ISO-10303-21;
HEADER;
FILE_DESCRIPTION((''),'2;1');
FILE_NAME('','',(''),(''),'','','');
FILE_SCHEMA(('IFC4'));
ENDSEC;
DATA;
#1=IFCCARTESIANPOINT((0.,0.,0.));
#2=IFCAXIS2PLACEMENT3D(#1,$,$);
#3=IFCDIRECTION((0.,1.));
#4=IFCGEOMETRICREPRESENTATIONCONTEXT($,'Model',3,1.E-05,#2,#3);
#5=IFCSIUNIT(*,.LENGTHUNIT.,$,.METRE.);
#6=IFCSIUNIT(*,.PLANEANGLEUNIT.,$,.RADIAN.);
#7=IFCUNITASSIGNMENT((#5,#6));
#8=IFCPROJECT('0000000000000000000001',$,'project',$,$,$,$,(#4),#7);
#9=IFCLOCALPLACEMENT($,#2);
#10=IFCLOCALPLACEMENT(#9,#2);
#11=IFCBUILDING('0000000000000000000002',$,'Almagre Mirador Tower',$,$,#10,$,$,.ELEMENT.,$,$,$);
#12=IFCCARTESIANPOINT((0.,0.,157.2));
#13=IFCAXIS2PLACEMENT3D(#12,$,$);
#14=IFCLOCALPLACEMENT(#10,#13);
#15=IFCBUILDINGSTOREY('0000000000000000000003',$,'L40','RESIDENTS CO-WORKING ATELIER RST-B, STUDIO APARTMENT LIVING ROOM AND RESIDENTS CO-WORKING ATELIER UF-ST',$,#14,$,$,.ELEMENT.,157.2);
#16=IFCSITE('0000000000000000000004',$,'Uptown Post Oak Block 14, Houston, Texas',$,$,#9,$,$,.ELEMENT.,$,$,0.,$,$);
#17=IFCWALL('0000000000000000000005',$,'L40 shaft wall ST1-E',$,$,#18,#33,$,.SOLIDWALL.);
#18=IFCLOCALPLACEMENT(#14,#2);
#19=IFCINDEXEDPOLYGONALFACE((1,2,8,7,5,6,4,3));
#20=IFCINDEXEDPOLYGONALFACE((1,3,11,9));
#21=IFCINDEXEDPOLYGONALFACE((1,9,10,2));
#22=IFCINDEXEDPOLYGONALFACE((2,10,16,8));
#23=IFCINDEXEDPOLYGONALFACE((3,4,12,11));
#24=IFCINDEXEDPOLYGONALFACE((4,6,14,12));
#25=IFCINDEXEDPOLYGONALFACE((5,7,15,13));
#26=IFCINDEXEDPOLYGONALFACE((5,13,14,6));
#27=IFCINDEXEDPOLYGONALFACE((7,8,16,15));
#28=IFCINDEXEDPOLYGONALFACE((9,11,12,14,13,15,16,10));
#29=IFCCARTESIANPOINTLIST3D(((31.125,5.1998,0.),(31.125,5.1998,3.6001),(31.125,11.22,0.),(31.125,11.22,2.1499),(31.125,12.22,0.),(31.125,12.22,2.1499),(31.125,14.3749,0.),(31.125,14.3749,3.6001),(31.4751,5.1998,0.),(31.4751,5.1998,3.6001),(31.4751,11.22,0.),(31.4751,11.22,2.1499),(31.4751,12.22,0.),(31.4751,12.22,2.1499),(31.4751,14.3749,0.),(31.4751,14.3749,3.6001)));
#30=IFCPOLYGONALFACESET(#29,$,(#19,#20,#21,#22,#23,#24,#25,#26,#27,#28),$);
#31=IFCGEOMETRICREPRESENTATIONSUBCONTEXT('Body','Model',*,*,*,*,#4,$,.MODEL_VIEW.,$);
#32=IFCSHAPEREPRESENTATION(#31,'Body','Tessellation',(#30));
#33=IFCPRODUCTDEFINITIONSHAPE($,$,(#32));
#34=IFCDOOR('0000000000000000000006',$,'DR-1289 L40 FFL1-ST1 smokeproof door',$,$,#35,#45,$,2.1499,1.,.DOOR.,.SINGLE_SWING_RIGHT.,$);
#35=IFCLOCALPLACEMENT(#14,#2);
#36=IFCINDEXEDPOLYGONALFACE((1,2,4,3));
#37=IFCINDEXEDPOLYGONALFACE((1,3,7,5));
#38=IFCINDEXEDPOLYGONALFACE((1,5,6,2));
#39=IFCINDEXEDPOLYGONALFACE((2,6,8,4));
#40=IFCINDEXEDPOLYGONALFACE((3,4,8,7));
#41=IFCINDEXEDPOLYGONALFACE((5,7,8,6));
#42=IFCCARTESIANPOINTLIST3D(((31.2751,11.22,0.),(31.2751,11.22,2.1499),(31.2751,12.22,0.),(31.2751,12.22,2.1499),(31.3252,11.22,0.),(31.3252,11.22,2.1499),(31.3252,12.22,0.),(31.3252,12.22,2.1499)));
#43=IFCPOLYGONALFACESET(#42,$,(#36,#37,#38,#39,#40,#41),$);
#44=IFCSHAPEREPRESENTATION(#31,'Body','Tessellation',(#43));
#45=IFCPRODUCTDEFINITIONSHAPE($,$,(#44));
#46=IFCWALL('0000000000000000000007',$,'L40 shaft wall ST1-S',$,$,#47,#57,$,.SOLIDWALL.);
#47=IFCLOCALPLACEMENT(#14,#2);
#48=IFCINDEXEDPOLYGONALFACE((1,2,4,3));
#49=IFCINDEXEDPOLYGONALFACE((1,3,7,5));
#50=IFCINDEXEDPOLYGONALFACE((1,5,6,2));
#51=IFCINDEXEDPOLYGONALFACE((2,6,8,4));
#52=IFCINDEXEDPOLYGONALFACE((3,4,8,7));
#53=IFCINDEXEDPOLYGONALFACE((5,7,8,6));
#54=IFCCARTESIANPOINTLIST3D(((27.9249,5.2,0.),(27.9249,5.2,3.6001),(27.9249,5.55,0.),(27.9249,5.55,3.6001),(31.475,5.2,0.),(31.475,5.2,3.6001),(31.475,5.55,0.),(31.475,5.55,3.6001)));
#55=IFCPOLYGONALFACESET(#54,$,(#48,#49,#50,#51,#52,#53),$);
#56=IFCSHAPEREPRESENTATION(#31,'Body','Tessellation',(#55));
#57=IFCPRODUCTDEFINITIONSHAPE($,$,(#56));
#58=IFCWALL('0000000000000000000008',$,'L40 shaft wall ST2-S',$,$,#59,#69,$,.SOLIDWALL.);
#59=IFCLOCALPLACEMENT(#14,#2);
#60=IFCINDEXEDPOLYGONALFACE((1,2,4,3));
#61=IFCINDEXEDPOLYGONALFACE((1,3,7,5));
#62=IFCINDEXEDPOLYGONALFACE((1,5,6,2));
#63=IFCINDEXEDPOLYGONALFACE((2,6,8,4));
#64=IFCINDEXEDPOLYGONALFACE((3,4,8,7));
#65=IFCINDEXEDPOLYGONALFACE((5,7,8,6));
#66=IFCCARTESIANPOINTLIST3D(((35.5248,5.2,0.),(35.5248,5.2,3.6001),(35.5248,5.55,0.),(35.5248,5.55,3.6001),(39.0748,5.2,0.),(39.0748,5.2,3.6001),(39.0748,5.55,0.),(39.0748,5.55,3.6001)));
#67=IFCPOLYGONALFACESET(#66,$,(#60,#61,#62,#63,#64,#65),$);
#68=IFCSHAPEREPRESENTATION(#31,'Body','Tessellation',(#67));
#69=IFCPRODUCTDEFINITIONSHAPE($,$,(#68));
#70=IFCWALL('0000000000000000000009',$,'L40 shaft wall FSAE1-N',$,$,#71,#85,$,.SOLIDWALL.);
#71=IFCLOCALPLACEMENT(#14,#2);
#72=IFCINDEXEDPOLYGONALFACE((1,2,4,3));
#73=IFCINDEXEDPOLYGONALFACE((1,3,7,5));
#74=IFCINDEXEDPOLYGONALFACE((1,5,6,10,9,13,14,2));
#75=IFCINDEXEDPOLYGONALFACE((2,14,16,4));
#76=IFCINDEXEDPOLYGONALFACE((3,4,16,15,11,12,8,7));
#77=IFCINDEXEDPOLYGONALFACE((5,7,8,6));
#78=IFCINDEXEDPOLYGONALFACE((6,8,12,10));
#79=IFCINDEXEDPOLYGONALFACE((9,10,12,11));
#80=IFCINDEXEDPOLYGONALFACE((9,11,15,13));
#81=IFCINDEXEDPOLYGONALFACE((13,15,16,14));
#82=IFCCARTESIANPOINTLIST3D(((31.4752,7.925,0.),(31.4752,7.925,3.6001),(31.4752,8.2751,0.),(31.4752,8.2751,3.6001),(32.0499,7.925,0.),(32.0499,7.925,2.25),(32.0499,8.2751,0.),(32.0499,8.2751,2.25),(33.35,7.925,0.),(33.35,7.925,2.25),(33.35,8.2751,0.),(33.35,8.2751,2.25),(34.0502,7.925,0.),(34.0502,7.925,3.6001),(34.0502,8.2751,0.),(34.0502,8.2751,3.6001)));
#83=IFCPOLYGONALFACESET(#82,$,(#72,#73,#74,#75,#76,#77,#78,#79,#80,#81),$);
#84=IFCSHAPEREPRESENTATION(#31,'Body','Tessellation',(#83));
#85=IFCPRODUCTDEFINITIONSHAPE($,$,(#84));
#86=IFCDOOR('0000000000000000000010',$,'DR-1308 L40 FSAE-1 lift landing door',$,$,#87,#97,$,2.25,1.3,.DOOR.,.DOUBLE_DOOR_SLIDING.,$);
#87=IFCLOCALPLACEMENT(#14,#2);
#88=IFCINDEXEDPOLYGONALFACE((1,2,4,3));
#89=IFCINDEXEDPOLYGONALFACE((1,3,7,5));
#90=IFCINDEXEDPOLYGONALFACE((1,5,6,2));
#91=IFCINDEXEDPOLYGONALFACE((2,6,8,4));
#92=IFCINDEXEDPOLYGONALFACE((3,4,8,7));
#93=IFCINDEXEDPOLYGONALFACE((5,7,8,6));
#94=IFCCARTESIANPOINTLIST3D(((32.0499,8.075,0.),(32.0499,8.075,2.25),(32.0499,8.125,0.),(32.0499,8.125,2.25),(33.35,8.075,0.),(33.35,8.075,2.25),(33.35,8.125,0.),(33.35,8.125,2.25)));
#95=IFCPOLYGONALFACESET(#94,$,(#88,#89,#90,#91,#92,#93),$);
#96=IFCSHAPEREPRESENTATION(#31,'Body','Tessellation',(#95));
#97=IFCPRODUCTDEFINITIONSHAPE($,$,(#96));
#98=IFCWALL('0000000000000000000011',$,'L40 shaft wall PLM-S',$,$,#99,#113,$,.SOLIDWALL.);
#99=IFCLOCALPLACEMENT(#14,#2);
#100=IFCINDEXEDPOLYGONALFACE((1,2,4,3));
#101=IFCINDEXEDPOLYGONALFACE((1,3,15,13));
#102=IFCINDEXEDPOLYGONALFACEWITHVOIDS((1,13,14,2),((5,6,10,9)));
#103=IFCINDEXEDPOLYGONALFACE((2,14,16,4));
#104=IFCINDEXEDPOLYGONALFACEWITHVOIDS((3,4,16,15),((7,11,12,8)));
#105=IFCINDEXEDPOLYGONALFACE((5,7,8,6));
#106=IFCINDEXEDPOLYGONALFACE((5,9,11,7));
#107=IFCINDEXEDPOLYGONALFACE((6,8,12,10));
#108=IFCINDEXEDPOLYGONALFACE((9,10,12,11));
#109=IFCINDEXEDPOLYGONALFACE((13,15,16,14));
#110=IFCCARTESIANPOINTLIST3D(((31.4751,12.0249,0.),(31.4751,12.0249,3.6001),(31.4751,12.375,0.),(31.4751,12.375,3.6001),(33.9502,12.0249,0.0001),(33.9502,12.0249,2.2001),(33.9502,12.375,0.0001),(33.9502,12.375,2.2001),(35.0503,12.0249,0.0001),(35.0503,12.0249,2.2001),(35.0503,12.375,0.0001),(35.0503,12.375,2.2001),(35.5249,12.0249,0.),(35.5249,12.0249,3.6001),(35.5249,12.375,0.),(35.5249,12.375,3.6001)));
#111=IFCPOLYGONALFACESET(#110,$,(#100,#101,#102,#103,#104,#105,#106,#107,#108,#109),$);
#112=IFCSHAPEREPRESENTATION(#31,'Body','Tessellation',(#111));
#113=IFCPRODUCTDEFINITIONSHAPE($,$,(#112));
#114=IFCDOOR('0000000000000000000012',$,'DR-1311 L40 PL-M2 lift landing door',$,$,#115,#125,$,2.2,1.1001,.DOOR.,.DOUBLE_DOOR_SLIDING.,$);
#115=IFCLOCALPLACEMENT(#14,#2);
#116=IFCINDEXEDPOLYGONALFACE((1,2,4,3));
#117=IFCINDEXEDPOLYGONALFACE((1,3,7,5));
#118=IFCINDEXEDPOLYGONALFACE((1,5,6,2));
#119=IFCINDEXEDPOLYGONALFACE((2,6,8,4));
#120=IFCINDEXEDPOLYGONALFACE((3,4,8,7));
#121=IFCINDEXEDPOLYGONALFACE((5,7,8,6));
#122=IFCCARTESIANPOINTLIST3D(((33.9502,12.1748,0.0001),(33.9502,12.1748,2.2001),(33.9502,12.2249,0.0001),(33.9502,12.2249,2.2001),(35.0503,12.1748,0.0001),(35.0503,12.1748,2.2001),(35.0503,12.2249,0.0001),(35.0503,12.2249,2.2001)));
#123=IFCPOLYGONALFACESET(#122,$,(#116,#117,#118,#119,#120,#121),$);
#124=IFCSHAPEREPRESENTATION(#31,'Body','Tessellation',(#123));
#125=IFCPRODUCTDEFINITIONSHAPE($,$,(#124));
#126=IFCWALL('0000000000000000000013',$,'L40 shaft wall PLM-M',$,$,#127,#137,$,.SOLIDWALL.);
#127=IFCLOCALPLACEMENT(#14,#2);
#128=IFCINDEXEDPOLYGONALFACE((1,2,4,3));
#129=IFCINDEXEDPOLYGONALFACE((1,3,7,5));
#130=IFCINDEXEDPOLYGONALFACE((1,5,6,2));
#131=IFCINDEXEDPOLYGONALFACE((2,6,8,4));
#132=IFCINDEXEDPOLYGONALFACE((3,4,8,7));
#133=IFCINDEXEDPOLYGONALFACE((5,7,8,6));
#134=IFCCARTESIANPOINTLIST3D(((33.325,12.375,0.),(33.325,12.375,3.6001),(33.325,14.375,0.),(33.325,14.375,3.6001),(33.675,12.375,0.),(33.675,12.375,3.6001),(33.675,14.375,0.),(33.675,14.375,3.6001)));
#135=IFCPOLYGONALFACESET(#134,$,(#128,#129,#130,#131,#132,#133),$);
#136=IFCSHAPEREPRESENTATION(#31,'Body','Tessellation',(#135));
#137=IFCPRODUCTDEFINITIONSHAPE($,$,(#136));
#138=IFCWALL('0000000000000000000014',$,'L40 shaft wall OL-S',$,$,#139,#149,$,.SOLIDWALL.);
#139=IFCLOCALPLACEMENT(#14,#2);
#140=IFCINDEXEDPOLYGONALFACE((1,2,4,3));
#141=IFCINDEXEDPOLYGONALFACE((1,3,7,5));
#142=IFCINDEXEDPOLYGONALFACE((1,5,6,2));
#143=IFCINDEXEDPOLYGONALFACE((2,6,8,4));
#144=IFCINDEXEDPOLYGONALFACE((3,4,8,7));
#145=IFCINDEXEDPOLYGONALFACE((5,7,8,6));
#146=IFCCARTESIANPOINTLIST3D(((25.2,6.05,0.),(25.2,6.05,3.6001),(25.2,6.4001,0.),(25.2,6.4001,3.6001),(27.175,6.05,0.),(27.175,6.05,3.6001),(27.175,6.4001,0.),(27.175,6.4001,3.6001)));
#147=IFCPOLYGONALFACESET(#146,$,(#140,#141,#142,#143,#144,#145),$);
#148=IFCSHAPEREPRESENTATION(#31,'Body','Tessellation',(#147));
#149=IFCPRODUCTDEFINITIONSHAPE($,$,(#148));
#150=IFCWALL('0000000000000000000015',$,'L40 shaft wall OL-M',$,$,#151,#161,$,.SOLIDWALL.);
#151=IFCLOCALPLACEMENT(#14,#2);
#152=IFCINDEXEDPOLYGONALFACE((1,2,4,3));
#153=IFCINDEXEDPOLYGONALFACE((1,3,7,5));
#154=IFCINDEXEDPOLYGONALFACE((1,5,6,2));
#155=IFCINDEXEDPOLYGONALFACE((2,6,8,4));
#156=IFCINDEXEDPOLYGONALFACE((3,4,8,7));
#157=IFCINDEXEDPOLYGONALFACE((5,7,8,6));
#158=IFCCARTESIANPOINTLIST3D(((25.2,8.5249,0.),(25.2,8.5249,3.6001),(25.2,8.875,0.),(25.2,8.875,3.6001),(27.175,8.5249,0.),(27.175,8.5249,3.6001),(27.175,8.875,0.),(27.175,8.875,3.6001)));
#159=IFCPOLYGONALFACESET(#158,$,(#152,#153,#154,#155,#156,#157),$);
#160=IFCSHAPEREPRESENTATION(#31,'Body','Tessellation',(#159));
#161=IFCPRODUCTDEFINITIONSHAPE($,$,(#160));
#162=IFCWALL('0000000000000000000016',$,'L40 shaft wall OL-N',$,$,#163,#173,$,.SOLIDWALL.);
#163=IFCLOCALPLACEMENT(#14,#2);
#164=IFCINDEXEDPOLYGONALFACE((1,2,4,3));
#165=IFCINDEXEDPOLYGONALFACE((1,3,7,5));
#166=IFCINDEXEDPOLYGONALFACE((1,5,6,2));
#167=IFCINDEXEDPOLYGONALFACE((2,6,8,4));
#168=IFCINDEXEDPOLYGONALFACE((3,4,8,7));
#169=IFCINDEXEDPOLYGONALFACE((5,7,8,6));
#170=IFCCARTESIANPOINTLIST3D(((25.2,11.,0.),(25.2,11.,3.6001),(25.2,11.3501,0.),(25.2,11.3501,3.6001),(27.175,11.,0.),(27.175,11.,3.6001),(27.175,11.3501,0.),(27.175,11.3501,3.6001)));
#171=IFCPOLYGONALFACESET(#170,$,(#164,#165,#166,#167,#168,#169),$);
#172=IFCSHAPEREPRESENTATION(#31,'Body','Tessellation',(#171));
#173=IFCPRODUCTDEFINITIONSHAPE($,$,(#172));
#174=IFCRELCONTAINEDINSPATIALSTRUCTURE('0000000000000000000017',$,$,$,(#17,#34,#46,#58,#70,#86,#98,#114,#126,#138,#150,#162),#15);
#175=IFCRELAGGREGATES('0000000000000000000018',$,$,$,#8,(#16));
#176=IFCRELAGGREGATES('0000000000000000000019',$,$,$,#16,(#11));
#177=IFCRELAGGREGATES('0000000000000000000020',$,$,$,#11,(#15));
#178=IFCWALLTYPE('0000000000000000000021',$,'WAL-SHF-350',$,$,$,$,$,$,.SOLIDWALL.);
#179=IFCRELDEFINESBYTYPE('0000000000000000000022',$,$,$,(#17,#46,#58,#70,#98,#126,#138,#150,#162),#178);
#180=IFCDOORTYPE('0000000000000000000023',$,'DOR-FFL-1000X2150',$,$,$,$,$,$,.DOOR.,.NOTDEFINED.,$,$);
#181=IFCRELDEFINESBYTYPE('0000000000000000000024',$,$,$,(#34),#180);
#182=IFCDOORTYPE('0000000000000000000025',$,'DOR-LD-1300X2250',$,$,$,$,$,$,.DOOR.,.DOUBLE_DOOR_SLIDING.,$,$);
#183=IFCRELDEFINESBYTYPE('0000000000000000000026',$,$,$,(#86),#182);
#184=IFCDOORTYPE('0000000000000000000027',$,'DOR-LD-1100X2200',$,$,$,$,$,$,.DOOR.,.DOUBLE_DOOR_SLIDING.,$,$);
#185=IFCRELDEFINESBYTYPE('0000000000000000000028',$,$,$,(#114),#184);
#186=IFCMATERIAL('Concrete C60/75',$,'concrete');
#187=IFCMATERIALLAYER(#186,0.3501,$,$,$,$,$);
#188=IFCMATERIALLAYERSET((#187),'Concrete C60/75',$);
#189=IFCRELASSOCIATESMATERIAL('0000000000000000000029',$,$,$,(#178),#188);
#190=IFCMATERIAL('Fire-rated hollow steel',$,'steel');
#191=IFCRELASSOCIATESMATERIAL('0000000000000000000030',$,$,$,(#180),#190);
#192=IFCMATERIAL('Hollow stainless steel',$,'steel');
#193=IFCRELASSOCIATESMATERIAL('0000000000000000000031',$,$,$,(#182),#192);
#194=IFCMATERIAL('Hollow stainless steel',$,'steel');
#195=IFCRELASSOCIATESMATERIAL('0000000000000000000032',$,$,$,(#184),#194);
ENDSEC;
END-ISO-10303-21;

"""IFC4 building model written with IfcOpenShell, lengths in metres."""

from ifc_helpers import new_model, si_unit, direction, frame, frame_2d, origin, place, context, subcontext, project, spatial, rectangle, extrude, material, layer, layer_set, type_object, element, fill, save


model = new_model("IFC4")

# Units and contexts
model_context = context("Model", 3, precision=1e-05, world=origin(), true_north=direction((0.0, 1.0)))
body_context = subcontext(model_context, "Body", "Model", "MODEL_VIEW")
ifc_project = project(units=[si_unit("LENGTHUNIT", "METRE"), si_unit("PLANEANGLEUNIT", "RADIAN")], contexts=[model_context])

# Site, building, storey
site_placement = place(None, origin())
site = spatial("IfcSite", under=ifc_project, at=site_placement, Name="Uptown Post Oak Block 14, Houston, Texas", CompositionType="ELEMENT", RefElevation=0.0)
building_placement = place(site_placement, origin())
building = spatial("IfcBuilding", under=site, at=building_placement, Name="Almagre Mirador Tower", CompositionType="ELEMENT")
storey_placement = place(building_placement, frame((0.0, 0.0, 157.2)))
storey = spatial("IfcBuildingStorey", under=building, at=storey_placement, Name="L40", Description="RESIDENTS CO-WORKING ATELIER RST-B, STUDIO APARTMENT LIVING ROOM AND RESIDENTS CO-WORKING ATELIER UF-ST", CompositionType="ELEMENT", Elevation=157.2)

# Wall, opening, door
ifc_material_1 = material(Name="Concrete C60/75", Category="concrete")
ifc_layer = layer(ifc_material_1, 0.3501)
ifc_layer_set = layer_set([ifc_layer], Name="Concrete C60/75")
wall_type = type_object("IfcWallType", Name="WAL-SHF-350", PredefinedType="SOLIDWALL", material=ifc_layer_set)
wall_1_placement = place(storey_placement, frame((31.3, 5.2, 0.0), z_axis=(0.0, 0.0, 1.0), x_axis=(0.0, 1.0, 0.0)))
wall_1 = element("IfcWall", 1, at=wall_1_placement, inside=storey, type_object=wall_type, Name="L40 shaft wall ST1-E", PredefinedType="SOLIDWALL", context=body_context, shape_type="SweptSolid", body=[
    extrude(rectangle(XDim=9.175, YDim=0.3501, at=frame_2d((4.5874, 0.0))), origin(), (0.0, 0.0, 1.0), 3.6001),
])
opening_1_placement = place(wall_1_placement, frame((6.02, 0.0, 0.0)))
opening_1 = element("IfcOpeningElement", 2, at=opening_1_placement, cuts=wall_1, PredefinedType="OPENING", context=body_context, shape_type="SweptSolid", body=[
    extrude(rectangle(XDim=1.0, YDim=2.1499, at=frame_2d((0.5, 1.075))), frame((0.0, 0.185, 0.0), z_axis=(0.0, -1.0, 0.0), x_axis=(1.0, 0.0, 0.0)), (0.0, 0.0, 1.0), 0.3701),
])
ifc_material_2 = material(Name="Fire-rated hollow steel", Category="steel")
door_type_1 = type_object("IfcDoorType", Name="DOR-FFL-1000X2150", OperationType="NOTDEFINED", PredefinedType="DOOR", material=ifc_material_2)
door_1_placement = place(opening_1_placement, origin())
door_1 = element("IfcDoor", 3, at=door_1_placement, inside=storey, type_object=door_type_1, Name="DR-1289 L40 FFL1-ST1 smokeproof door", OperationType="SINGLE_SWING_RIGHT", OverallHeight=2.1499, OverallWidth=1.0, PredefinedType="DOOR", context=body_context, shape_type="SweptSolid", body=[
    extrude(rectangle(XDim=1.0, YDim=2.1499, at=frame_2d((0.5, 1.075))), frame((0.0, 0.0249, 0.0), z_axis=(0.0, -1.0, 0.0), x_axis=(1.0, 0.0, 0.0)), (0.0, 0.0, 1.0), 0.05),
])
fill(opening_1, door_1)

# Walls
for number, where, z_axis, x_axis, name in (
    (4, (27.925, 5.375, 0.0), (0.0, 0.0, 1.0), (1.0, 0.0, 0.0), "L40 shaft wall ST1-S"),
    (5, (35.5249, 5.375, 0.0), (0.0, 0.0, 1.0), (1.0, 0.0, 0.0), "L40 shaft wall ST2-S"),
):
    element("IfcWall", number, at=place(storey_placement, frame(where, z_axis=z_axis, x_axis=x_axis)), inside=storey, type_object=wall_type, Name=name, PredefinedType="SOLIDWALL", context=body_context, shape_type="SweptSolid", body=[
        extrude(rectangle(XDim=3.55, YDim=0.3501, at=frame_2d((1.7749, 0.0))), origin(), (0.0, 0.0, 1.0), 3.6001),
    ])

# Walls, openings, doors
wall_2_placement = place(storey_placement, frame((31.4751, 8.1001, 0.0), z_axis=(0.0, 0.0, 1.0), x_axis=(1.0, 0.0, 0.0)))
wall_2 = element("IfcWall", 6, at=wall_2_placement, inside=storey, type_object=wall_type, Name="L40 shaft wall FSAE1-N", PredefinedType="SOLIDWALL", context=body_context, shape_type="SweptSolid", body=[
    extrude(rectangle(XDim=2.575, YDim=0.3501, at=frame_2d((1.2876, 0.0))), origin(), (0.0, 0.0, 1.0), 3.6001),
])
opening_2_placement = place(wall_2_placement, frame((0.575, 0.0, 0.0)))
opening_2 = element("IfcOpeningElement", 7, at=opening_2_placement, cuts=wall_2, PredefinedType="OPENING", context=body_context, shape_type="SweptSolid", body=[
    extrude(rectangle(XDim=1.3, YDim=2.25, at=frame_2d((0.6499, 1.125))), frame((0.0, 0.185, 0.0), z_axis=(0.0, -1.0, 0.0), x_axis=(1.0, 0.0, 0.0)), (0.0, 0.0, 1.0), 0.3701),
])
ifc_material_3 = material(Name="Hollow stainless steel", Category="steel")
door_type_2 = type_object("IfcDoorType", Name="DOR-LD-1300X2250", OperationType="DOUBLE_DOOR_SLIDING", PredefinedType="DOOR", material=ifc_material_3)
door_2_placement = place(opening_2_placement, origin())
door_2 = element("IfcDoor", 8, at=door_2_placement, inside=storey, type_object=door_type_2, Name="DR-1308 L40 FSAE-1 lift landing door", OperationType="DOUBLE_DOOR_SLIDING", OverallHeight=2.25, OverallWidth=1.3, PredefinedType="DOOR", context=body_context, shape_type="SweptSolid", body=[
    extrude(rectangle(XDim=1.3, YDim=2.25, at=frame_2d((0.6499, 1.125))), frame((0.0, 0.0249, 0.0), z_axis=(0.0, -1.0, 0.0), x_axis=(1.0, 0.0, 0.0)), (0.0, 0.0, 1.0), 0.05),
])
fill(opening_2, door_2)
wall_3_placement = place(storey_placement, frame((31.4751, 12.2, 0.0), z_axis=(0.0, 0.0, 1.0), x_axis=(1.0, 0.0, 0.0)))
wall_3 = element("IfcWall", 9, at=wall_3_placement, inside=storey, type_object=wall_type, Name="L40 shaft wall PLM-S", PredefinedType="SOLIDWALL", context=body_context, shape_type="SweptSolid", body=[
    extrude(rectangle(XDim=4.0498, YDim=0.3501, at=frame_2d((2.0249, 0.0))), origin(), (0.0, 0.0, 1.0), 3.6001),
])
opening_3_placement = place(wall_3_placement, frame((2.4751, 0.0, 0.0)))
opening_3 = element("IfcOpeningElement", 10, at=opening_3_placement, cuts=wall_3, PredefinedType="OPENING", context=body_context, shape_type="SweptSolid", body=[
    extrude(rectangle(XDim=1.1001, YDim=2.2, at=frame_2d((0.55, 1.1001))), frame((0.0, 0.185, 0.0), z_axis=(0.0, -1.0, 0.0), x_axis=(1.0, 0.0, 0.0)), (0.0, 0.0, 1.0), 0.3701),
])
ifc_material_4 = material(Name="Hollow stainless steel", Category="steel")
door_type_3 = type_object("IfcDoorType", Name="DOR-LD-1100X2200", OperationType="DOUBLE_DOOR_SLIDING", PredefinedType="DOOR", material=ifc_material_4)
door_3_placement = place(opening_3_placement, origin())
door_3 = element("IfcDoor", 11, at=door_3_placement, inside=storey, type_object=door_type_3, Name="DR-1311 L40 PL-M2 lift landing door", OperationType="DOUBLE_DOOR_SLIDING", OverallHeight=2.2, OverallWidth=1.1001, PredefinedType="DOOR", context=body_context, shape_type="SweptSolid", body=[
    extrude(rectangle(XDim=1.1001, YDim=2.2, at=frame_2d((0.55, 1.1001))), frame((0.0, 0.0249, 0.0), z_axis=(0.0, -1.0, 0.0), x_axis=(1.0, 0.0, 0.0)), (0.0, 0.0, 1.0), 0.05),
])
fill(opening_3, door_3)

# Walls
wall_4_placement = place(storey_placement, frame((33.5, 12.375, 0.0), z_axis=(0.0, 0.0, 1.0), x_axis=(0.0, 1.0, 0.0)))
element("IfcWall", 12, at=wall_4_placement, inside=storey, type_object=wall_type, Name="L40 shaft wall PLM-M", PredefinedType="SOLIDWALL", context=body_context, shape_type="SweptSolid", body=[
    extrude(rectangle(XDim=2.0, YDim=0.3501, at=frame_2d((1.0, 0.0))), origin(), (0.0, 0.0, 1.0), 3.6001),
])
for number, where, z_axis, x_axis, name in (
    (13, (25.2, 6.2251, 0.0), (0.0, 0.0, 1.0), (1.0, 0.0, 0.0), "L40 shaft wall OL-S"),
    (14, (25.2, 8.7, 0.0), (0.0, 0.0, 1.0), (1.0, 0.0, 0.0), "L40 shaft wall OL-M"),
    (15, (25.2, 11.175, 0.0), (0.0, 0.0, 1.0), (1.0, 0.0, 0.0), "L40 shaft wall OL-N"),
):
    element("IfcWall", number, at=place(storey_placement, frame(where, z_axis=z_axis, x_axis=x_axis)), inside=storey, type_object=wall_type, Name=name, PredefinedType="SOLIDWALL", context=body_context, shape_type="SweptSolid", body=[
        extrude(rectangle(XDim=1.9751, YDim=0.3501, at=frame_2d((0.9875, 0.0))), origin(), (0.0, 0.0, 1.0), 3.6001),
    ])

save(model, "model.ifc")
